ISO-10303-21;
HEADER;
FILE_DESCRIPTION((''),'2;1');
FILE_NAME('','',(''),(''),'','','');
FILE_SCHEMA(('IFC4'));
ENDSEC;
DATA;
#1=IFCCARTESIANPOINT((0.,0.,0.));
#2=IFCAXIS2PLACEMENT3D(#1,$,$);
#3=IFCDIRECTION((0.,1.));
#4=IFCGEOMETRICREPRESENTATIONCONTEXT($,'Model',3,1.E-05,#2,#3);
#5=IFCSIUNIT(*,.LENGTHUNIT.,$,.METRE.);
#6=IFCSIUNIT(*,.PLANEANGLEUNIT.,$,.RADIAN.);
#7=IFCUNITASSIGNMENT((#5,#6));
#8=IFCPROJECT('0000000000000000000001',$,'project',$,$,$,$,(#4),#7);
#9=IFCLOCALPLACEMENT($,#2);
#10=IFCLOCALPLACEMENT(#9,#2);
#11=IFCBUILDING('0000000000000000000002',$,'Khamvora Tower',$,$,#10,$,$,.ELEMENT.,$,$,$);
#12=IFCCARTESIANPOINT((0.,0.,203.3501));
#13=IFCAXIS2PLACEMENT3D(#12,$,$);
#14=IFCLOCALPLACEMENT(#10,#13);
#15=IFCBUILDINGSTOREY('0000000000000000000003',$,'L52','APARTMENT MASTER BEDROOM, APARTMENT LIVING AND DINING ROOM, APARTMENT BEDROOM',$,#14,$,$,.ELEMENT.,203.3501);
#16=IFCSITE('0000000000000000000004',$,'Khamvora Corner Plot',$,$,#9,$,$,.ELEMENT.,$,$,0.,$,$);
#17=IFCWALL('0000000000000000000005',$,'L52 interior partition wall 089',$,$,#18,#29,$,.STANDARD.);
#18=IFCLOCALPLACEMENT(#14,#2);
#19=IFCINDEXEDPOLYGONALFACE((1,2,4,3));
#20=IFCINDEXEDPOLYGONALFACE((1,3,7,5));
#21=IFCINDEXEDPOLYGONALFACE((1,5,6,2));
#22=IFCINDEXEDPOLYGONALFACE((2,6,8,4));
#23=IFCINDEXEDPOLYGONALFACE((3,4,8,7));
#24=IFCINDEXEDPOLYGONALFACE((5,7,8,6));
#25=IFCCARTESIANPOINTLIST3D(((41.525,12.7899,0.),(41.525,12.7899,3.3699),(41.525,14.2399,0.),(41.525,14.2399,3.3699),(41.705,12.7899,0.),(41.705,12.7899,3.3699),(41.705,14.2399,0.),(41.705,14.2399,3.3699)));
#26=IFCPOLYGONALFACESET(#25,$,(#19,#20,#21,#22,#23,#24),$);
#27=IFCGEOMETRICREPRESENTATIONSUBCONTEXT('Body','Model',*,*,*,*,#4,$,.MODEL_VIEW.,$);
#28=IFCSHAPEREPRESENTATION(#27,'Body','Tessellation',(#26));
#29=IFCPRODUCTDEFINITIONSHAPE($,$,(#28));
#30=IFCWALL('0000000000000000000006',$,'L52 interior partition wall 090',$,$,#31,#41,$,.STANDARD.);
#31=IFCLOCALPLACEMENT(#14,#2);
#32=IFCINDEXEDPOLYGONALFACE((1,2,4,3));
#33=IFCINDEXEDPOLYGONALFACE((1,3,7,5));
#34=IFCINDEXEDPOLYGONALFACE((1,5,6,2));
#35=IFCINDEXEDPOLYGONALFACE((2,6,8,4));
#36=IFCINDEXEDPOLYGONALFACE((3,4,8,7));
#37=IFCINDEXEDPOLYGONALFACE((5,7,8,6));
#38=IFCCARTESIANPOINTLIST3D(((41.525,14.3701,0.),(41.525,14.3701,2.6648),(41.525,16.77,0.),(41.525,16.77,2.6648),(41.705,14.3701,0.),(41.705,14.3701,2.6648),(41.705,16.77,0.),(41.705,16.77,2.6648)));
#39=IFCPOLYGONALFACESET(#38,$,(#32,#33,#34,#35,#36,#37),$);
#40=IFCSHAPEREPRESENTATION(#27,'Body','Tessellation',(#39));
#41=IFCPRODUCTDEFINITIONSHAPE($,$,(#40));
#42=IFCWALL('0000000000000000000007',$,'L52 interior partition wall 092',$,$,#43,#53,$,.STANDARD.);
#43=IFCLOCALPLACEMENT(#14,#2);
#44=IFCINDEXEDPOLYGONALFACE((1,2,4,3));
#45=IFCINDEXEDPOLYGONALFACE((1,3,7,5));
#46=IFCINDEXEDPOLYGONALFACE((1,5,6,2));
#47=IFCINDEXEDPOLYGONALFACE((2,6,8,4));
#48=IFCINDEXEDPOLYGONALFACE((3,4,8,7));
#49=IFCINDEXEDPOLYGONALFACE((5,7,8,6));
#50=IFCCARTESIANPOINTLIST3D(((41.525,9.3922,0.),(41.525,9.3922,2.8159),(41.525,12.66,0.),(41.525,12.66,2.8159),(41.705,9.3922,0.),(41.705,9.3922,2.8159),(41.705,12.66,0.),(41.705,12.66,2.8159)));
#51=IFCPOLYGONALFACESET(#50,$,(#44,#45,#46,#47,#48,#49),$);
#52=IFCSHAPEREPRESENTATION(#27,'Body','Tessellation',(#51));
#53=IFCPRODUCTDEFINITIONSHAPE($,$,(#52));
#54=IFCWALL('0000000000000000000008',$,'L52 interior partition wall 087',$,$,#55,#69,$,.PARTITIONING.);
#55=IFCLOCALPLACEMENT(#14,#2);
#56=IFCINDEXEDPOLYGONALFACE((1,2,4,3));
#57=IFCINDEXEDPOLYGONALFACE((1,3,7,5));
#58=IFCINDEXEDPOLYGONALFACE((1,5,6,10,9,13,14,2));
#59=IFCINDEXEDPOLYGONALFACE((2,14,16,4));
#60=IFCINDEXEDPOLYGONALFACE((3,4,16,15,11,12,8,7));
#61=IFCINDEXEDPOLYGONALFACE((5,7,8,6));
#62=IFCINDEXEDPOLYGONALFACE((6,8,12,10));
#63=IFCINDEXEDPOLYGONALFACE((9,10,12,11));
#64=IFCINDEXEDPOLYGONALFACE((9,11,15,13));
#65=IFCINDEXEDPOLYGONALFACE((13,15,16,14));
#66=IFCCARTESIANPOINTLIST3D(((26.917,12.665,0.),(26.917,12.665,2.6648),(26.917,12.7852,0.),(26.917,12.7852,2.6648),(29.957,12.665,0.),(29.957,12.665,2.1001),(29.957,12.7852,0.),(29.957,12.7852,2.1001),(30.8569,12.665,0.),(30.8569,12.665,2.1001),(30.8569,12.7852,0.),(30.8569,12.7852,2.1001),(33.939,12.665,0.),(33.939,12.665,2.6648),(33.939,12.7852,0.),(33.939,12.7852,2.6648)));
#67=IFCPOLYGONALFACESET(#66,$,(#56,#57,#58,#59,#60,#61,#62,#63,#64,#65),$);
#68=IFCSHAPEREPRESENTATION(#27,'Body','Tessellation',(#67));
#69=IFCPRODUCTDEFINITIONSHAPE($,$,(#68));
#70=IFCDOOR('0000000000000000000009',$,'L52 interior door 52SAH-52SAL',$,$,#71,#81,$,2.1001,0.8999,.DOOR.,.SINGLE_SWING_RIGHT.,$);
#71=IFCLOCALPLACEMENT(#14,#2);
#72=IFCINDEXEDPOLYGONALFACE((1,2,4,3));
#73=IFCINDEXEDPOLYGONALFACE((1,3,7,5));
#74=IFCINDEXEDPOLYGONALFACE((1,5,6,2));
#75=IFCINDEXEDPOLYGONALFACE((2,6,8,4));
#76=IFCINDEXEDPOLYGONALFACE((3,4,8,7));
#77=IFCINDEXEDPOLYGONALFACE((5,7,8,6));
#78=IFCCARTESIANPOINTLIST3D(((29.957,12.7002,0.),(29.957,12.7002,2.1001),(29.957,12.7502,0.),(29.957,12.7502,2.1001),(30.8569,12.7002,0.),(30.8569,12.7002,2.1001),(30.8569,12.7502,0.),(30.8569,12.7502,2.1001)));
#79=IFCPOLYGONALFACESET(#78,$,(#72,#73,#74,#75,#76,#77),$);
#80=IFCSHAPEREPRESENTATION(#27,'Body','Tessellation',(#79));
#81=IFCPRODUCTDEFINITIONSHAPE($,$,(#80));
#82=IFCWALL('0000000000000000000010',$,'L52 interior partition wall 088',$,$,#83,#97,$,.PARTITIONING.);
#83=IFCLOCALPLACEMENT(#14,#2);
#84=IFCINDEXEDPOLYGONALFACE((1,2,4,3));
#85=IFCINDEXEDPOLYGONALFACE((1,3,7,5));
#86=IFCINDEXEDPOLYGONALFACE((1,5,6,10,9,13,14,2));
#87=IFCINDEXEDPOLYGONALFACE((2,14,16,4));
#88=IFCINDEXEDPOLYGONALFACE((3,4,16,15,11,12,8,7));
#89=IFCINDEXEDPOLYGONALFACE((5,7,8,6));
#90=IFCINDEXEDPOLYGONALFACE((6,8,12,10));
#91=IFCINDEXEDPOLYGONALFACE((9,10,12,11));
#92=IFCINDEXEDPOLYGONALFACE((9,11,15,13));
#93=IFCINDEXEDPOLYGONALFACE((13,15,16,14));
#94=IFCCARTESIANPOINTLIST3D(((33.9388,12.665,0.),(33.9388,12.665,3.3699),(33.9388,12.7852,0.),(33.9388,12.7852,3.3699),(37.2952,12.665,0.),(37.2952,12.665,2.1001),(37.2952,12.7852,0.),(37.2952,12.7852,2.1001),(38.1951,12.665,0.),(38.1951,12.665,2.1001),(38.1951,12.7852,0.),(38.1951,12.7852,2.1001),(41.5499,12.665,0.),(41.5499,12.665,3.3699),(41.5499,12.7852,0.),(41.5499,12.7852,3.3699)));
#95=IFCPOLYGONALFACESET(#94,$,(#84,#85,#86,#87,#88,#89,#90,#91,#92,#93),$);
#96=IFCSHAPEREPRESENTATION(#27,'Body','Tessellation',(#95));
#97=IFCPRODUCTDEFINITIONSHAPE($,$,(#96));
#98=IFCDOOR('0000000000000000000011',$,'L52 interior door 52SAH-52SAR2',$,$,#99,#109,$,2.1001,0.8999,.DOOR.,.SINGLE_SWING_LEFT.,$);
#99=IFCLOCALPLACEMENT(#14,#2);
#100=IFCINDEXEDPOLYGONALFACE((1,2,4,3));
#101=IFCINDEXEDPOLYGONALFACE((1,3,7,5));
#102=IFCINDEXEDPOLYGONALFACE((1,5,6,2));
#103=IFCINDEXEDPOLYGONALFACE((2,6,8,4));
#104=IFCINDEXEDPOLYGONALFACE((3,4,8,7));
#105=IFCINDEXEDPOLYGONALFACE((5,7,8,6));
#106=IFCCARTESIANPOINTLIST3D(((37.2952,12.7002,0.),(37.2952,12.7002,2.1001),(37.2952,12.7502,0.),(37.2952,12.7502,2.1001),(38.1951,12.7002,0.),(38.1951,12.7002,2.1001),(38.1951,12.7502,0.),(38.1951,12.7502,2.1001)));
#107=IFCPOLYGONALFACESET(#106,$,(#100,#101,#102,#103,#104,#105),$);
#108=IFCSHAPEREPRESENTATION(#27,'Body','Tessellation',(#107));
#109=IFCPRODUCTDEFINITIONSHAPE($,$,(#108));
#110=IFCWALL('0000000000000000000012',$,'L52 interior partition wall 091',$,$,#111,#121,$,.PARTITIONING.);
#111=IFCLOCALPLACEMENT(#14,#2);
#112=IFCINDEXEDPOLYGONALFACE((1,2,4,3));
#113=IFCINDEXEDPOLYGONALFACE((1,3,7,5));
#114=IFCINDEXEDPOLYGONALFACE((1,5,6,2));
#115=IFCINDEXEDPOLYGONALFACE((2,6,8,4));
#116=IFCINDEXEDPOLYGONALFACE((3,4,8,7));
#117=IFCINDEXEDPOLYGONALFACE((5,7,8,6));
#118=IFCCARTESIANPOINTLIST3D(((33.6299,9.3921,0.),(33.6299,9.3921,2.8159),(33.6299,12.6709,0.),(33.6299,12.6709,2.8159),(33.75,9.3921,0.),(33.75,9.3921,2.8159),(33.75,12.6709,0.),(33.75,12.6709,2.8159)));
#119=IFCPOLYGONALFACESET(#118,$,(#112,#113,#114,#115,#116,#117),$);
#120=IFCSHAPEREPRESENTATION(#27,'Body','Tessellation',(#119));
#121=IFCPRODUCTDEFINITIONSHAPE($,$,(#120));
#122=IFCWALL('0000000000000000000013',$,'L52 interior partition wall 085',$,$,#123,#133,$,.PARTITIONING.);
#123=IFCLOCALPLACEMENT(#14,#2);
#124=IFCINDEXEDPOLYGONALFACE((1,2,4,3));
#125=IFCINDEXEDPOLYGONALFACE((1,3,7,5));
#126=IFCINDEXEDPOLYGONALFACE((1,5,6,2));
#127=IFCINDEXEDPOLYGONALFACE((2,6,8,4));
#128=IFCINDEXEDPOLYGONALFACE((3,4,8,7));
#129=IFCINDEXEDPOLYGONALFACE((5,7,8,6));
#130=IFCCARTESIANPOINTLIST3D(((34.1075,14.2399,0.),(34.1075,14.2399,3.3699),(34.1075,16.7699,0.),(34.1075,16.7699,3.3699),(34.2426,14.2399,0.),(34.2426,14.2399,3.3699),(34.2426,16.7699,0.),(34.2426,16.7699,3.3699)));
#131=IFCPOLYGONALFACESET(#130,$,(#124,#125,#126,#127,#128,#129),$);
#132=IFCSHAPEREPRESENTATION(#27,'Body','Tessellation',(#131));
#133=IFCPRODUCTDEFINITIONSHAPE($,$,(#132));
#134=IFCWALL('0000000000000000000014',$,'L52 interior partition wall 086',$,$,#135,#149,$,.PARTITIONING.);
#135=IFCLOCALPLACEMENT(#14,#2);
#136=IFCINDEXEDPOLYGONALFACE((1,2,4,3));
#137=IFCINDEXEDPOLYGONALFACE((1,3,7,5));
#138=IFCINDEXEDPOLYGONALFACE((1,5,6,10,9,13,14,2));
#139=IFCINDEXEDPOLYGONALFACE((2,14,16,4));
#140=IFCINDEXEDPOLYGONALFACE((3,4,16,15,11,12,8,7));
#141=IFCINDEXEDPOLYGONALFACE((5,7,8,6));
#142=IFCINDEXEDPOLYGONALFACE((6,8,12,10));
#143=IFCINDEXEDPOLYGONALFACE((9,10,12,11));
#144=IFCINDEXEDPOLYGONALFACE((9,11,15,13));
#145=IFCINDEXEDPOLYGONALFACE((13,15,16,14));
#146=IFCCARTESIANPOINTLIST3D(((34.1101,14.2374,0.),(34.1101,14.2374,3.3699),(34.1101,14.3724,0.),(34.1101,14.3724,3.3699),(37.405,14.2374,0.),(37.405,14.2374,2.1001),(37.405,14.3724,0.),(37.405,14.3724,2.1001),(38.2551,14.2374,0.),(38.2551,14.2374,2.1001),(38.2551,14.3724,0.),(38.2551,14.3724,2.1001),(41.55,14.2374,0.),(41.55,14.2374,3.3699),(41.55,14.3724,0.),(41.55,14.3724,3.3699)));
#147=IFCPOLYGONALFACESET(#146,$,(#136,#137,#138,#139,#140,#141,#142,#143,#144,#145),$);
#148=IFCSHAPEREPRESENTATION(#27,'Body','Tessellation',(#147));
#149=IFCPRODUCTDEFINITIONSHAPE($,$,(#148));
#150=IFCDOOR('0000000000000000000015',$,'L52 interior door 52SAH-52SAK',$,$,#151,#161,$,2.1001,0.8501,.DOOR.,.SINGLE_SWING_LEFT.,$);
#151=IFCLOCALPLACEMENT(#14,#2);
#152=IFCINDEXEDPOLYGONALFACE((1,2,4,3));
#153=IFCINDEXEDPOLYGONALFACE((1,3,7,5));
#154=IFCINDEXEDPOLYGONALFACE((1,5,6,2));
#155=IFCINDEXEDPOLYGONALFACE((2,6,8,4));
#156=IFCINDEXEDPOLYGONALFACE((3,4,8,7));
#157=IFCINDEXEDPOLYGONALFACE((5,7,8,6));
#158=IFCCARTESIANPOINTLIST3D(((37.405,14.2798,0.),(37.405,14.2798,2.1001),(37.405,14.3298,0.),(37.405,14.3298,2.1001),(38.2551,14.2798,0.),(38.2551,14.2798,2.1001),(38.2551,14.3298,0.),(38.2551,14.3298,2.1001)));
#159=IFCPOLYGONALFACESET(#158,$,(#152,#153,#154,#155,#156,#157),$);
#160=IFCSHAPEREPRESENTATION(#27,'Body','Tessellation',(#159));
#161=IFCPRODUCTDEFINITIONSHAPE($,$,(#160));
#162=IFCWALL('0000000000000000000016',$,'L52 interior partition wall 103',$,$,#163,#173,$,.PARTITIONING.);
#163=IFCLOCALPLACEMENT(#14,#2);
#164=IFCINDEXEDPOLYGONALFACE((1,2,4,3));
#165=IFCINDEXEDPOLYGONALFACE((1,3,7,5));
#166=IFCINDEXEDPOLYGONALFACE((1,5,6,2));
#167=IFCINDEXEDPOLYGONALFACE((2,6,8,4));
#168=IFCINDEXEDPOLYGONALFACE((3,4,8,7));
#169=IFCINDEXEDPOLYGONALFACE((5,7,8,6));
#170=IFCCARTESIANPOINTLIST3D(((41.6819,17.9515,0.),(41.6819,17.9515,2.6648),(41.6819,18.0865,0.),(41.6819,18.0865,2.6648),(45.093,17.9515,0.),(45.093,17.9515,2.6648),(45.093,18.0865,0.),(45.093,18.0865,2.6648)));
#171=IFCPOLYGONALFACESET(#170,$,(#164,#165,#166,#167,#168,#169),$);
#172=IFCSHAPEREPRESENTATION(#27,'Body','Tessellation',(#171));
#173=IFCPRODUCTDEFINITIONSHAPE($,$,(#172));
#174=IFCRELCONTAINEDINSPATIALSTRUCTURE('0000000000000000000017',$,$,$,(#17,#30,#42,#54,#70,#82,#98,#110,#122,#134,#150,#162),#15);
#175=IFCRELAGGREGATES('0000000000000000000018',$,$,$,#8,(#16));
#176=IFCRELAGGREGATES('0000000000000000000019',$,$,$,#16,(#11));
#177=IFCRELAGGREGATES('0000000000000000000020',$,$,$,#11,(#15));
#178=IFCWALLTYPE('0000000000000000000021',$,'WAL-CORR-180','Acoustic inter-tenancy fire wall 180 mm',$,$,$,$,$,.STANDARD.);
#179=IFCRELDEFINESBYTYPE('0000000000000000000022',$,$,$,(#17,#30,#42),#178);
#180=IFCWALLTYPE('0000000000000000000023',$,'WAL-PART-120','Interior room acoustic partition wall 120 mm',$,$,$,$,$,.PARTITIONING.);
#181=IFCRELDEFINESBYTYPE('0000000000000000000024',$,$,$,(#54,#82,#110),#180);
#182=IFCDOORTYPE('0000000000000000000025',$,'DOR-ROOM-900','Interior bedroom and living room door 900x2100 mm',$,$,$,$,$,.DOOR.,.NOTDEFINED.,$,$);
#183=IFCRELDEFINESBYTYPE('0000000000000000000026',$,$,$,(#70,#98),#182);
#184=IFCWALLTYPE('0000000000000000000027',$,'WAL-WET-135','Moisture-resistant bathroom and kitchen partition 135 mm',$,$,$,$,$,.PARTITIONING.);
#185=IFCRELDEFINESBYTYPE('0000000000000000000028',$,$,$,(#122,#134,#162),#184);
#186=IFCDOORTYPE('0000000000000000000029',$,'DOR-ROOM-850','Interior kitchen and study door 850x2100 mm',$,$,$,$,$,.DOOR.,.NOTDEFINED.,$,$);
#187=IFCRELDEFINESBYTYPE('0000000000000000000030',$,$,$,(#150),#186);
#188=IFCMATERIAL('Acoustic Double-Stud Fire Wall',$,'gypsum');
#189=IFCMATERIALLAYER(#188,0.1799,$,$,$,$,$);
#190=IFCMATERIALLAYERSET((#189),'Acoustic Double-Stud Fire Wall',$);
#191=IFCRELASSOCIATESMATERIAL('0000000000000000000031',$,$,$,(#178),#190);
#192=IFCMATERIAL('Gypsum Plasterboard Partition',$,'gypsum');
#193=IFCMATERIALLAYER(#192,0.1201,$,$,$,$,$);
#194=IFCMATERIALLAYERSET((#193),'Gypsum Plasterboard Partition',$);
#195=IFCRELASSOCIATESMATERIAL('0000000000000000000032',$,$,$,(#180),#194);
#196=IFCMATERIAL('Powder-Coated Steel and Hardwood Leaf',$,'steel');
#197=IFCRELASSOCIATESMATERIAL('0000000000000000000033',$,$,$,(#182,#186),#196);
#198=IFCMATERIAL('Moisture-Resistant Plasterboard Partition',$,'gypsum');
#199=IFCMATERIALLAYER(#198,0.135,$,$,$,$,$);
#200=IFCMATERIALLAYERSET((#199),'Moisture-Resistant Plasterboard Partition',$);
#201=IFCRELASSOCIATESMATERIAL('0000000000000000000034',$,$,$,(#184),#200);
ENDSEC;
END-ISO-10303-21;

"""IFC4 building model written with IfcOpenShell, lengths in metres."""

from ifc_helpers import new_model, si_unit, direction, frame, frame_2d, origin, place, context, subcontext, project, spatial, rectangle, extrude, material, layer, layer_set, type_object, element, fill, save


model = new_model("IFC4")

# Units and contexts
model_context = context("Model", 3, precision=1e-05, world=origin(), true_north=direction((0.0, 1.0)))
body_context = subcontext(model_context, "Body", "Model", "MODEL_VIEW")
ifc_project = project(units=[si_unit("LENGTHUNIT", "METRE"), si_unit("PLANEANGLEUNIT", "RADIAN")], contexts=[model_context])

# Site, building, storey
site_placement = place(None, origin())
site = spatial("IfcSite", under=ifc_project, at=site_placement, Name="Khamvora Corner Plot", CompositionType="ELEMENT", RefElevation=0.0)
building_placement = place(site_placement, origin())
building = spatial("IfcBuilding", under=site, at=building_placement, Name="Khamvora Tower", CompositionType="ELEMENT")
storey_placement = place(building_placement, frame((0.0, 0.0, 203.3501)))
storey = spatial("IfcBuildingStorey", under=building, at=storey_placement, Name="L52", Description="APARTMENT MASTER BEDROOM, APARTMENT LIVING AND DINING ROOM, APARTMENT BEDROOM", CompositionType="ELEMENT", Elevation=203.3501)

# Shared definitions
ifc_material_1 = material(Name="Powder-Coated Steel and Hardwood Leaf", Category="steel")

# Walls
ifc_material_2 = material(Name="Acoustic Double-Stud Fire Wall", Category="gypsum")
ifc_layer_1 = layer(ifc_material_2, 0.1799)
ifc_layer_set_1 = layer_set([ifc_layer_1], Name="Acoustic Double-Stud Fire Wall")
wall_type_1 = type_object("IfcWallType", Name="WAL-CORR-180", Description="Acoustic inter-tenancy fire wall 180 mm", PredefinedType="STANDARD", material=ifc_layer_set_1)
wall_1_placement = place(storey_placement, frame((41.615, 14.24, 0.0), z_axis=(0.0, 0.0, 1.0), x_axis=(0.0, -1.0, 0.0)))
element("IfcWall", 1, at=wall_1_placement, inside=storey, type_object=wall_type_1, Name="L52 interior partition wall 089", PredefinedType="STANDARD", context=body_context, shape_type="SweptSolid", body=[
    extrude(rectangle(XDim=1.45, YDim=0.1799, at=frame_2d((0.7251, 0.0))), origin(), (0.0, 0.0, 1.0), 3.3699),
])
wall_2_placement = place(storey_placement, frame((41.615, 16.77, 0.0), z_axis=(0.0, 0.0, 1.0), x_axis=(0.0, -1.0, 0.0)))
element("IfcWall", 2, at=wall_2_placement, inside=storey, type_object=wall_type_1, Name="L52 interior partition wall 090", PredefinedType="STANDARD", context=body_context, shape_type="SweptSolid", body=[
    extrude(rectangle(XDim=2.3999, YDim=0.1799, at=frame_2d((1.2, 0.0))), origin(), (0.0, 0.0, 1.0), 2.6648),
])
wall_3_placement = place(storey_placement, frame((41.615, 12.6599, 0.0), z_axis=(0.0, 0.0, 1.0), x_axis=(0.0, -1.0, 0.0)))
element("IfcWall", 3, at=wall_3_placement, inside=storey, type_object=wall_type_1, Name="L52 interior partition wall 092", PredefinedType="STANDARD", context=body_context, shape_type="SweptSolid", body=[
    extrude(rectangle(XDim=3.2678, YDim=0.1799, at=frame_2d((1.6338, 0.0))), origin(), (0.0, 0.0, 1.0), 2.8159),
])

# Walls, openings, doors
ifc_material_3 = material(Name="Gypsum Plasterboard Partition", Category="gypsum")
ifc_layer_2 = layer(ifc_material_3, 0.1201)
ifc_layer_set_2 = layer_set([ifc_layer_2], Name="Gypsum Plasterboard Partition")
wall_type_2 = type_object("IfcWallType", Name="WAL-PART-120", Description="Interior room acoustic partition wall 120 mm", PredefinedType="PARTITIONING", material=ifc_layer_set_2)
wall_4_placement = place(storey_placement, frame((33.939, 12.7251, 0.0), z_axis=(0.0, 0.0, 1.0), x_axis=(-1.0, 0.0, 0.0)))
wall_4 = element("IfcWall", 4, at=wall_4_placement, inside=storey, type_object=wall_type_2, Name="L52 interior partition wall 087", PredefinedType="PARTITIONING", context=body_context, shape_type="SweptSolid", body=[
    extrude(rectangle(XDim=7.022, YDim=0.1201, at=frame_2d((3.511, 0.0))), origin(), (0.0, 0.0, 1.0), 2.6648),
])
opening_1_placement = place(wall_4_placement, frame((3.082, 0.0, 0.0)))
opening_1 = element("IfcOpeningElement", 5, at=opening_1_placement, cuts=wall_4, PredefinedType="OPENING", context=body_context, shape_type="SweptSolid", body=[
    extrude(rectangle(XDim=0.8999, YDim=2.1001, at=frame_2d((0.45, 1.05))), frame((0.0, 0.0701, 0.0), z_axis=(0.0, -1.0, 0.0), x_axis=(1.0, 0.0, 0.0)), (0.0, 0.0, 1.0), 0.1401),
])
door_type_1 = type_object("IfcDoorType", Name="DOR-ROOM-900", Description="Interior bedroom and living room door 900x2100 mm", OperationType="NOTDEFINED", PredefinedType="DOOR", material=ifc_material_1)
door_1_placement = place(opening_1_placement, origin())
door_1 = element("IfcDoor", 6, at=door_1_placement, inside=storey, type_object=door_type_1, Name="L52 interior door 52SAH-52SAL", OperationType="SINGLE_SWING_RIGHT", OverallHeight=2.1001, OverallWidth=0.8999, PredefinedType="DOOR", context=body_context, shape_type="SweptSolid", body=[
    extrude(rectangle(XDim=0.8999, YDim=2.1001, at=frame_2d((0.45, 1.05))), frame((0.0, 0.0249, 0.0), z_axis=(0.0, -1.0, 0.0), x_axis=(1.0, 0.0, 0.0)), (0.0, 0.0, 1.0), 0.05),
])
fill(opening_1, door_1)
wall_5_placement = place(storey_placement, frame((41.55, 12.7251, 0.0), z_axis=(0.0, 0.0, 1.0), x_axis=(-1.0, 0.0, 0.0)))
wall_5 = element("IfcWall", 7, at=wall_5_placement, inside=storey, type_object=wall_type_2, Name="L52 interior partition wall 088", PredefinedType="PARTITIONING", context=body_context, shape_type="SweptSolid", body=[
    extrude(rectangle(XDim=7.6111, YDim=0.1201, at=frame_2d((3.8057, 0.0))), origin(), (0.0, 0.0, 1.0), 3.3699),
])
opening_2_placement = place(wall_5_placement, frame((3.355, 0.0, 0.0)))
opening_2 = element("IfcOpeningElement", 8, at=opening_2_placement, cuts=wall_5, PredefinedType="OPENING", context=body_context, shape_type="SweptSolid", body=[
    extrude(rectangle(XDim=0.8999, YDim=2.1001, at=frame_2d((0.45, 1.05))), frame((0.0, 0.0701, 0.0), z_axis=(0.0, -1.0, 0.0), x_axis=(1.0, 0.0, 0.0)), (0.0, 0.0, 1.0), 0.1401),
])
door_2_placement = place(opening_2_placement, origin())
door_2 = element("IfcDoor", 9, at=door_2_placement, inside=storey, type_object=door_type_1, Name="L52 interior door 52SAH-52SAR2", OperationType="SINGLE_SWING_LEFT", OverallHeight=2.1001, OverallWidth=0.8999, PredefinedType="DOOR", context=body_context, shape_type="SweptSolid", body=[
    extrude(rectangle(XDim=0.8999, YDim=2.1001, at=frame_2d((0.45, 1.05))), frame((0.0, 0.0249, 0.0), z_axis=(0.0, -1.0, 0.0), x_axis=(1.0, 0.0, 0.0)), (0.0, 0.0, 1.0), 0.05),
])
fill(opening_2, door_2)

# Walls
wall_6_placement = place(storey_placement, frame((33.6899, 12.6709, 0.0), z_axis=(0.0, 0.0, 1.0), x_axis=(0.0, -1.0, 0.0)))
element("IfcWall", 10, at=wall_6_placement, inside=storey, type_object=wall_type_2, Name="L52 interior partition wall 091", PredefinedType="PARTITIONING", context=body_context, shape_type="SweptSolid", body=[
    extrude(rectangle(XDim=3.2788, YDim=0.1201, at=frame_2d((1.6394, 0.0))), origin(), (0.0, 0.0, 1.0), 2.8159),
])
ifc_material_4 = material(Name="Moisture-Resistant Plasterboard Partition", Category="gypsum")
ifc_layer_3 = layer(ifc_material_4, 0.135)
ifc_layer_set_3 = layer_set([ifc_layer_3], Name="Moisture-Resistant Plasterboard Partition")
wall_type_3 = type_object("IfcWallType", Name="WAL-WET-135", Description="Moisture-resistant bathroom and kitchen partition 135 mm", PredefinedType="PARTITIONING", material=ifc_layer_set_3)
wall_7_placement = place(storey_placement, frame((34.175, 16.77, 0.0), z_axis=(0.0, 0.0, 1.0), x_axis=(0.0, -1.0, 0.0)))
element("IfcWall", 11, at=wall_7_placement, inside=storey, type_object=wall_type_3, Name="L52 interior partition wall 085", PredefinedType="PARTITIONING", context=body_context, shape_type="SweptSolid", body=[
    extrude(rectangle(XDim=2.53, YDim=0.135, at=frame_2d((1.2651, 0.0))), origin(), (0.0, 0.0, 1.0), 3.3699),
])

# Wall, opening, door
wall_8_placement = place(storey_placement, frame((34.1101, 14.3049, 0.0), z_axis=(0.0, 0.0, 1.0), x_axis=(1.0, 0.0, 0.0)))
wall_8 = element("IfcWall", 12, at=wall_8_placement, inside=storey, type_object=wall_type_3, Name="L52 interior partition wall 086", PredefinedType="PARTITIONING", context=body_context, shape_type="SweptSolid", body=[
    extrude(rectangle(XDim=7.4399, YDim=0.135, at=frame_2d((3.72, 0.0))), origin(), (0.0, 0.0, 1.0), 3.3699),
])
opening_3_placement = place(wall_8_placement, frame((3.2949, 0.0, 0.0)))
opening_3 = element("IfcOpeningElement", 13, at=opening_3_placement, cuts=wall_8, PredefinedType="OPENING", context=body_context, shape_type="SweptSolid", body=[
    extrude(rectangle(XDim=0.8501, YDim=2.1001, at=frame_2d((0.425, 1.05))), frame((0.0, 0.0774, 0.0), z_axis=(0.0, -1.0, 0.0), x_axis=(1.0, 0.0, 0.0)), (0.0, 0.0, 1.0), 0.155),
])
door_type_2 = type_object("IfcDoorType", Name="DOR-ROOM-850", Description="Interior kitchen and study door 850x2100 mm", OperationType="NOTDEFINED", PredefinedType="DOOR", material=ifc_material_1)
door_3_placement = place(opening_3_placement, origin())
door_3 = element("IfcDoor", 14, at=door_3_placement, inside=storey, type_object=door_type_2, Name="L52 interior door 52SAH-52SAK", OperationType="SINGLE_SWING_LEFT", OverallHeight=2.1001, OverallWidth=0.8501, PredefinedType="DOOR", context=body_context, shape_type="SweptSolid", body=[
    extrude(rectangle(XDim=0.8501, YDim=2.1001, at=frame_2d((0.425, 1.05))), frame((0.0, 0.0249, 0.0), z_axis=(0.0, -1.0, 0.0), x_axis=(1.0, 0.0, 0.0)), (0.0, 0.0, 1.0), 0.05),
])
fill(opening_3, door_3)

# Wall
wall_9_placement = place(storey_placement, frame((41.6819, 18.019, 0.0), z_axis=(0.0, 0.0, 1.0), x_axis=(1.0, 0.0, 0.0)))
element("IfcWall", 15, at=wall_9_placement, inside=storey, type_object=wall_type_3, Name="L52 interior partition wall 103", PredefinedType="PARTITIONING", context=body_context, shape_type="SweptSolid", body=[
    extrude(rectangle(XDim=3.4111, YDim=0.135, at=frame_2d((1.7056, 0.0))), origin(), (0.0, 0.0, 1.0), 2.6648),
])

save(model, "model.ifc")
